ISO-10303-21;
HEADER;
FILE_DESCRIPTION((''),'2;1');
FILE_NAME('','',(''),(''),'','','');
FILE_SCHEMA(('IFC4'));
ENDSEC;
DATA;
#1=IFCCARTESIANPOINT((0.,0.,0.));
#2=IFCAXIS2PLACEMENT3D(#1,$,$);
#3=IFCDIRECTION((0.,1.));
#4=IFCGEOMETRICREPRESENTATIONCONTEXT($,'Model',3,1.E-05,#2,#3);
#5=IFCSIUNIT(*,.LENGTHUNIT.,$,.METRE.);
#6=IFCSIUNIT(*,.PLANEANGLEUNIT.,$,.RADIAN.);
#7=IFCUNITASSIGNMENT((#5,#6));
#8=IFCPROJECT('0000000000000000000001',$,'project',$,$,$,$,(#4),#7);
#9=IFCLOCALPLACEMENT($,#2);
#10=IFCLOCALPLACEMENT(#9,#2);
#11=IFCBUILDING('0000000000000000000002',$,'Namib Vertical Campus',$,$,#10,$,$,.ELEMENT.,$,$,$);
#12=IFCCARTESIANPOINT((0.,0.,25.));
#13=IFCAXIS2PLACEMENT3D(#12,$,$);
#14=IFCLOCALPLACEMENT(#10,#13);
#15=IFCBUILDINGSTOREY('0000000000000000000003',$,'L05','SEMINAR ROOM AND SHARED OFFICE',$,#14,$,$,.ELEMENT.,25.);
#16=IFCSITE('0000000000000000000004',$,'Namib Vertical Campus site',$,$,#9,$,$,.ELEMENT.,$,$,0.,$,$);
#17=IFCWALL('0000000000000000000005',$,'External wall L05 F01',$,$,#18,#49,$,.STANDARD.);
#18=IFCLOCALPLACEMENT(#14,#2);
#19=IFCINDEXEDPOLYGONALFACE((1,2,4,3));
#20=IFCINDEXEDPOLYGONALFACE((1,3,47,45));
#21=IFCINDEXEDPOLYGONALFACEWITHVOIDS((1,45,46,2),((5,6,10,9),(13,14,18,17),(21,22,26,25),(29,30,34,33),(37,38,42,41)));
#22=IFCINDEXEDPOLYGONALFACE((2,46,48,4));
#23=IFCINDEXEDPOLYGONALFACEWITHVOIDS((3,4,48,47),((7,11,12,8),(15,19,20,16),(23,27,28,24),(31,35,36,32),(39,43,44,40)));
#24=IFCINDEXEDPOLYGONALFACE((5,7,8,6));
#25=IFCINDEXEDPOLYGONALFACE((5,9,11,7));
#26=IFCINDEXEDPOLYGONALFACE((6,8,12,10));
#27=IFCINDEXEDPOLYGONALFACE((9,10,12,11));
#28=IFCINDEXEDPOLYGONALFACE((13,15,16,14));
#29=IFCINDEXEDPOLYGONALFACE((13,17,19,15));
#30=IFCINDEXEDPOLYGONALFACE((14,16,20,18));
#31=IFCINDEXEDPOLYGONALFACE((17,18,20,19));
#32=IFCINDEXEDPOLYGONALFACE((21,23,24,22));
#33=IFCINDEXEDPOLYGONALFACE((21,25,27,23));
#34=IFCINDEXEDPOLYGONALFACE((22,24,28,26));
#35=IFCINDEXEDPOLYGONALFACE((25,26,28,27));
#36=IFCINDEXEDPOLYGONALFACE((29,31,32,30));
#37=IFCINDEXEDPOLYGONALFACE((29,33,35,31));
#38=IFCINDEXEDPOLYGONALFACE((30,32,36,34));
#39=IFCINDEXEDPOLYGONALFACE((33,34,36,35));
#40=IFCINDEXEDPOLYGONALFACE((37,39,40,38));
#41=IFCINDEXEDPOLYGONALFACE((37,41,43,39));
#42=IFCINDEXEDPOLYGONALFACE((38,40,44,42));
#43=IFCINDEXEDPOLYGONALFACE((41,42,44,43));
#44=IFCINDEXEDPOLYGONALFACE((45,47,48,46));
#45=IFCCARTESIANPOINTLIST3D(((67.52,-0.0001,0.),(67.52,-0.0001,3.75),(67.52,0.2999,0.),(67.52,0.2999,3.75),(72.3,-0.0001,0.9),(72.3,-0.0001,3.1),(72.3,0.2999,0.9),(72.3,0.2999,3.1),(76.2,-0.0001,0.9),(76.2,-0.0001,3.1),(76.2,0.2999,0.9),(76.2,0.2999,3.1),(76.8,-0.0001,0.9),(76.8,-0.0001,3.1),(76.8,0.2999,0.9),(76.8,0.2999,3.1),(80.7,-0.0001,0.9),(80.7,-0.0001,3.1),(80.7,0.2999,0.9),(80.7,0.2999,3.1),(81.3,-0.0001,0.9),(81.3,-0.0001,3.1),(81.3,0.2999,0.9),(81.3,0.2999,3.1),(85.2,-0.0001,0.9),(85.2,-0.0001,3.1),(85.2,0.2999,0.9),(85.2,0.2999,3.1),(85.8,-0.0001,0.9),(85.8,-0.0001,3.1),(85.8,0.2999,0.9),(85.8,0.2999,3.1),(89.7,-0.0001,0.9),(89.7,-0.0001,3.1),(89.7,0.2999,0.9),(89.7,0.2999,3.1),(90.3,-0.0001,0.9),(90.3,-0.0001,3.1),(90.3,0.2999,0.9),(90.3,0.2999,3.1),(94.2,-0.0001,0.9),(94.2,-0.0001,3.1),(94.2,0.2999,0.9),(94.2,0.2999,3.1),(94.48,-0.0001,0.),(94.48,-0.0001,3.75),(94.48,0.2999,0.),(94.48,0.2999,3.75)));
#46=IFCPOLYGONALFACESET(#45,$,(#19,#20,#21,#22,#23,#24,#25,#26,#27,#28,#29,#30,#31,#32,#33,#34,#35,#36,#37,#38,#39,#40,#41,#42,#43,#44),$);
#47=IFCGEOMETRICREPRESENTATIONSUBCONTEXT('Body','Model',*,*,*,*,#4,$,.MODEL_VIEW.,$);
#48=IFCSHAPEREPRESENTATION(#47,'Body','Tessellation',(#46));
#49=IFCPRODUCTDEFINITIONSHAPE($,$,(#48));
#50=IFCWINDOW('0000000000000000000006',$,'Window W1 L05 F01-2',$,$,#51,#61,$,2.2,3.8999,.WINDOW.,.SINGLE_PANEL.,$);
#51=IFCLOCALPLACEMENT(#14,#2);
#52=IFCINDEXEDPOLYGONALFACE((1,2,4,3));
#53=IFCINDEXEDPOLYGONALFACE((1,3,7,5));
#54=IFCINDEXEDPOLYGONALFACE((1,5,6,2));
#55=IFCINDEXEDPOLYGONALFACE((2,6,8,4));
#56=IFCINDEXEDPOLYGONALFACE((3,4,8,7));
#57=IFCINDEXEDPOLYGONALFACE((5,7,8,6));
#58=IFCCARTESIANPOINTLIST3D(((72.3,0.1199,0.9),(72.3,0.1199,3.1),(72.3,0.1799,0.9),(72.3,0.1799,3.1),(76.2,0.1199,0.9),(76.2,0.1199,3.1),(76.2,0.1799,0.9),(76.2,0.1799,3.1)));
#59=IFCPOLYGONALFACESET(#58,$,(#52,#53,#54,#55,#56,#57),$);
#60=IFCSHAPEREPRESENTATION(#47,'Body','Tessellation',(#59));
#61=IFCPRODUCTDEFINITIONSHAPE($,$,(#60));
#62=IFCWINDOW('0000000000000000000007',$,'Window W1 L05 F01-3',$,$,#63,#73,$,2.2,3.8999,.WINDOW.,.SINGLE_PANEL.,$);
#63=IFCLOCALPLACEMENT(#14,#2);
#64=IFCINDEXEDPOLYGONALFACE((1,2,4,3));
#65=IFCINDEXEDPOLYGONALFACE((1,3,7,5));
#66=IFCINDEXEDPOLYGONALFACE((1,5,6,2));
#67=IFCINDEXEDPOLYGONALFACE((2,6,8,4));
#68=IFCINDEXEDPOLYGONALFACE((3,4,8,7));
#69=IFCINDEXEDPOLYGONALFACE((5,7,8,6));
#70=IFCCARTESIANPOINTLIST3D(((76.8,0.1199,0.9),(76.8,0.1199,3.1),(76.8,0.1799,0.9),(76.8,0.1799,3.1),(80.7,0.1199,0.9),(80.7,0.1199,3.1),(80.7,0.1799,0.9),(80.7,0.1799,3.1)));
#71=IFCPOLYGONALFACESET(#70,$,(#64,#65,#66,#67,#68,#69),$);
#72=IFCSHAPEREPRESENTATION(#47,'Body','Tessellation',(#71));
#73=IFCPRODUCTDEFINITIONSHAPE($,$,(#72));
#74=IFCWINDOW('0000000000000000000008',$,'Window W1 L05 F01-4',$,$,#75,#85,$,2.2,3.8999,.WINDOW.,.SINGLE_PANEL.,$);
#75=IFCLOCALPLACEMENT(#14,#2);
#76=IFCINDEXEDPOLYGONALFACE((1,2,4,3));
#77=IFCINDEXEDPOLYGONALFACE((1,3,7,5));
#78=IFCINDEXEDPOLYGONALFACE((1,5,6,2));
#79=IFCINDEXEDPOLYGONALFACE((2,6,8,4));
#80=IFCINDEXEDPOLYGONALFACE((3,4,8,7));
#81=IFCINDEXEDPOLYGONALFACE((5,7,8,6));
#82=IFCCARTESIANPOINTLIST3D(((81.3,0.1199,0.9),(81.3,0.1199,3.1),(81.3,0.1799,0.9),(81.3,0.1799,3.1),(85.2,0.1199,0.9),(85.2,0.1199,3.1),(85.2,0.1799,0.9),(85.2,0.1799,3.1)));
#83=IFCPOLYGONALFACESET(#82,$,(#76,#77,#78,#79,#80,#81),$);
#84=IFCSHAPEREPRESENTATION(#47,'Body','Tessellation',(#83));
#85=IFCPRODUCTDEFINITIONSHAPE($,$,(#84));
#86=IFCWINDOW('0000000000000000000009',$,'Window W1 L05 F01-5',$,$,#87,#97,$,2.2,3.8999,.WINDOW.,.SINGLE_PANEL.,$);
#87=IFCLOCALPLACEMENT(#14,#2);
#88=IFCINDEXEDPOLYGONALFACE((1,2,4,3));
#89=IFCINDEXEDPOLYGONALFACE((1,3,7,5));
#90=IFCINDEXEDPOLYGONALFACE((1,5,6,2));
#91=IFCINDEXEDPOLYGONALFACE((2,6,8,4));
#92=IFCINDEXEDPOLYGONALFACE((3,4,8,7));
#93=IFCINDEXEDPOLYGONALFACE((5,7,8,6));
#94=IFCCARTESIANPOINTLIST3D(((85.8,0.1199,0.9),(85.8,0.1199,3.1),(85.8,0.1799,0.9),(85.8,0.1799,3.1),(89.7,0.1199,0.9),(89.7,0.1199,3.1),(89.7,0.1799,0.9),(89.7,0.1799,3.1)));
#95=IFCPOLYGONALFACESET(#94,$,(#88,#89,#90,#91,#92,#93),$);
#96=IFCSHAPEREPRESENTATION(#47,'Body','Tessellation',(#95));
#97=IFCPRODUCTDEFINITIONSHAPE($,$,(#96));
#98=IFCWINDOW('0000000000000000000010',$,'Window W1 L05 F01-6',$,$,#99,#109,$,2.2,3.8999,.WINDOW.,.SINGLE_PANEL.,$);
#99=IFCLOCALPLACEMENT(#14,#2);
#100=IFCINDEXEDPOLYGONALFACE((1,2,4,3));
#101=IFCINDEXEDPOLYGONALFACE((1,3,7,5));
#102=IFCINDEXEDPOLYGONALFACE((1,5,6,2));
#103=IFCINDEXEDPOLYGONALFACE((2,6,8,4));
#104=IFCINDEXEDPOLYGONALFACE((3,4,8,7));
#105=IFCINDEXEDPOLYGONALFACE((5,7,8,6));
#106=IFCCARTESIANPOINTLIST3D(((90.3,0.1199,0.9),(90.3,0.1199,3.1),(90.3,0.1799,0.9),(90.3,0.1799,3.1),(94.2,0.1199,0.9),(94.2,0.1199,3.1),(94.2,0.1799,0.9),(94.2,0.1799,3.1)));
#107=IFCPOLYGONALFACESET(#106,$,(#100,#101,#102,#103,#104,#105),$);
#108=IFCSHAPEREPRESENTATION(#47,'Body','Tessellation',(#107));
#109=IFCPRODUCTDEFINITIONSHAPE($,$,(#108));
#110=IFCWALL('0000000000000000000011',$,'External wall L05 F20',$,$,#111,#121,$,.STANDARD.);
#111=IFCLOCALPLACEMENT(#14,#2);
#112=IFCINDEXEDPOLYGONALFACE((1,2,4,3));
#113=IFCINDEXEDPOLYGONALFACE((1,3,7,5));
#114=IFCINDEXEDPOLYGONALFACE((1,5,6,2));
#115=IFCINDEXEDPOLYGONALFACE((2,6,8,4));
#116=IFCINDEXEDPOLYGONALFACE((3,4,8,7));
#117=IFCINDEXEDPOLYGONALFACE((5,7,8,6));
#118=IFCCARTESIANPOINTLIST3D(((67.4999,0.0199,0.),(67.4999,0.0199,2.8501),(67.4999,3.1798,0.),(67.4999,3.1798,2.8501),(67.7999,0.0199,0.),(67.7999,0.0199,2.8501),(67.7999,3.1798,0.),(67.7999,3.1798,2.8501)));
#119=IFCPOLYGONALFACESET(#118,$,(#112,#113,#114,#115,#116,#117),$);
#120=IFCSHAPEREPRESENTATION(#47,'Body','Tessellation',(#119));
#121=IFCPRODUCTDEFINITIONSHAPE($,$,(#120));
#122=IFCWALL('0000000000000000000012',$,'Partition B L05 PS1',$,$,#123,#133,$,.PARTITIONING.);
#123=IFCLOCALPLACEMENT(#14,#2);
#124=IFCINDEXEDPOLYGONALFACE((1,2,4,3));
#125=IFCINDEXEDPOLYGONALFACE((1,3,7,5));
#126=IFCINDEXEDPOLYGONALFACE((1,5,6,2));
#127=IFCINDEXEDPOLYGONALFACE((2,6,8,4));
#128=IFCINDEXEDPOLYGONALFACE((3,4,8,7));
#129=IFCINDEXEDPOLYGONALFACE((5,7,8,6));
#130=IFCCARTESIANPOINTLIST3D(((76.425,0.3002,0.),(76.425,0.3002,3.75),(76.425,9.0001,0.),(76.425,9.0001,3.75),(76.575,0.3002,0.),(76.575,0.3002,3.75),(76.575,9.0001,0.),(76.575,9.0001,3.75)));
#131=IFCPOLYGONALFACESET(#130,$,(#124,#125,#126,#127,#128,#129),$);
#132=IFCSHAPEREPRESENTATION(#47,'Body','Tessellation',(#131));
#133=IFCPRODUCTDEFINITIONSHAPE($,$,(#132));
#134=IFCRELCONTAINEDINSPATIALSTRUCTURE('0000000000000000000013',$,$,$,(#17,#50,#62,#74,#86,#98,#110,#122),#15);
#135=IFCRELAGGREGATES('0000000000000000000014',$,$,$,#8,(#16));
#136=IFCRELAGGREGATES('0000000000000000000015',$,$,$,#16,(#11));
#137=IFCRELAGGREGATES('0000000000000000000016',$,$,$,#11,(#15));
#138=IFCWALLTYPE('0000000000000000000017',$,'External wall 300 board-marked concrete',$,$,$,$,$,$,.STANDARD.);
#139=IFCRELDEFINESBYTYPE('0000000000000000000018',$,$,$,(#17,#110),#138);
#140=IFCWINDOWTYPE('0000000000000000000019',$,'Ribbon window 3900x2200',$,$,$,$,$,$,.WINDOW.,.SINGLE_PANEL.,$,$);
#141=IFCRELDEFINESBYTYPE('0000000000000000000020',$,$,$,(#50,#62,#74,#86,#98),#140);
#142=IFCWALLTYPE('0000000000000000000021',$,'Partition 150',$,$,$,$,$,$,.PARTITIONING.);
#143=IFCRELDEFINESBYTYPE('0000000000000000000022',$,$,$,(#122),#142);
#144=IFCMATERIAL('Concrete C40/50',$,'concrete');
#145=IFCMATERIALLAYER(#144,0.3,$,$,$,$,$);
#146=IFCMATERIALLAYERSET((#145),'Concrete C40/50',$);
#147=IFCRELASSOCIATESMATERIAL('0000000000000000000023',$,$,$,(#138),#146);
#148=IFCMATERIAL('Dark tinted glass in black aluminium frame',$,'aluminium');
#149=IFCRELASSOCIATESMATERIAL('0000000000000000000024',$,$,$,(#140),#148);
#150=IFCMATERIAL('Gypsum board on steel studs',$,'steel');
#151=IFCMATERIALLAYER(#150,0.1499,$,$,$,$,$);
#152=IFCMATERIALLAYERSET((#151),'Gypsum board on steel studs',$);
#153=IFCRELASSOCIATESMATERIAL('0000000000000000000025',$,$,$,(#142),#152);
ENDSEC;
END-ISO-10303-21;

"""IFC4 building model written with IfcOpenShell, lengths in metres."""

from ifc_helpers import new_model, si_unit, direction, frame, frame_2d, origin, place, context, subcontext, project, spatial, rectangle, extrude, material, layer, layer_set, type_object, element, fill, save


model = new_model("IFC4")

# Units and contexts
model_context = context("Model", 3, precision=1e-05, world=origin(), true_north=direction((0.0, 1.0)))
body_context = subcontext(model_context, "Body", "Model", "MODEL_VIEW")
ifc_project = project(units=[si_unit("LENGTHUNIT", "METRE"), si_unit("PLANEANGLEUNIT", "RADIAN")], contexts=[model_context])

# Site, building, storey
site_placement = place(None, origin())
site = spatial("IfcSite", under=ifc_project, at=site_placement, Name="Namib Vertical Campus site", CompositionType="ELEMENT", RefElevation=0.0)
building_placement = place(site_placement, origin())
building = spatial("IfcBuilding", under=site, at=building_placement, Name="Namib Vertical Campus", CompositionType="ELEMENT")
storey_placement = place(building_placement, frame((0.0, 0.0, 25.0)))
storey = spatial("IfcBuildingStorey", under=building, at=storey_placement, Name="L05", Description="SEMINAR ROOM AND SHARED OFFICE", CompositionType="ELEMENT", Elevation=25.0)

# Wall, openings, windows
ifc_material_1 = material(Name="Concrete C40/50", Category="concrete")
ifc_layer_1 = layer(ifc_material_1, 0.3)
ifc_layer_set_1 = layer_set([ifc_layer_1], Name="Concrete C40/50")
wall_type_1 = type_object("IfcWallType", Name="External wall 300 board-marked concrete", PredefinedType="STANDARD", material=ifc_layer_set_1)
wall_1_placement = place(storey_placement, frame((67.52, 0.1499, 0.0), z_axis=(0.0, 0.0, 1.0), x_axis=(1.0, 0.0, 0.0)))
wall_1 = element("IfcWall", 1, at=wall_1_placement, inside=storey, type_object=wall_type_1, Name="External wall L05 F01", PredefinedType="STANDARD", context=body_context, shape_type="SweptSolid", body=[
    extrude(rectangle(XDim=26.96, YDim=0.3, at=frame_2d((13.48, 0.0))), origin(), (0.0, 0.0, 1.0), 3.75),
])
opening_1_placement = place(wall_1_placement, frame((4.78, 0.0, 0.8999)))
opening_1 = element("IfcOpeningElement", 2, at=opening_1_placement, cuts=wall_1, PredefinedType="OPENING", context=body_context, shape_type="SweptSolid", body=[
    extrude(rectangle(XDim=3.8999, YDim=2.2, at=frame_2d((1.95, 1.1001))), frame((0.0, 0.1599, 0.0), z_axis=(0.0, -1.0, 0.0), x_axis=(1.0, 0.0, 0.0)), (0.0, 0.0, 1.0), 0.3201),
])
opening_2_placement = place(wall_1_placement, frame((9.28, 0.0, 0.8999)))
opening_2 = element("IfcOpeningElement", 3, at=opening_2_placement, cuts=wall_1, PredefinedType="OPENING", context=body_context, shape_type="SweptSolid", body=[
    extrude(rectangle(XDim=3.8999, YDim=2.2, at=frame_2d((1.95, 1.1001))), frame((0.0, 0.1599, 0.0), z_axis=(0.0, -1.0, 0.0), x_axis=(1.0, 0.0, 0.0)), (0.0, 0.0, 1.0), 0.3201),
])
opening_3_placement = place(wall_1_placement, frame((13.78, 0.0, 0.8999)))
opening_3 = element("IfcOpeningElement", 4, at=opening_3_placement, cuts=wall_1, PredefinedType="OPENING", context=body_context, shape_type="SweptSolid", body=[
    extrude(rectangle(XDim=3.8999, YDim=2.2, at=frame_2d((1.95, 1.1001))), frame((0.0, 0.1599, 0.0), z_axis=(0.0, -1.0, 0.0), x_axis=(1.0, 0.0, 0.0)), (0.0, 0.0, 1.0), 0.3201),
])
opening_4_placement = place(wall_1_placement, frame((18.28, 0.0, 0.8999)))
opening_4 = element("IfcOpeningElement", 5, at=opening_4_placement, cuts=wall_1, PredefinedType="OPENING", context=body_context, shape_type="SweptSolid", body=[
    extrude(rectangle(XDim=3.8999, YDim=2.2, at=frame_2d((1.95, 1.1001))), frame((0.0, 0.1599, 0.0), z_axis=(0.0, -1.0, 0.0), x_axis=(1.0, 0.0, 0.0)), (0.0, 0.0, 1.0), 0.3201),
])
opening_5_placement = place(wall_1_placement, frame((22.78, 0.0, 0.8999)))
opening_5 = element("IfcOpeningElement", 6, at=opening_5_placement, cuts=wall_1, PredefinedType="OPENING", context=body_context, shape_type="SweptSolid", body=[
    extrude(rectangle(XDim=3.8999, YDim=2.2, at=frame_2d((1.95, 1.1001))), frame((0.0, 0.1599, 0.0), z_axis=(0.0, -1.0, 0.0), x_axis=(1.0, 0.0, 0.0)), (0.0, 0.0, 1.0), 0.3201),
])
ifc_material_2 = material(Name="Dark tinted glass in black aluminium frame", Category="aluminium")
window_type = type_object("IfcWindowType", Name="Ribbon window 3900x2200", PartitioningType="SINGLE_PANEL", PredefinedType="WINDOW", material=ifc_material_2)
window_1_placement = place(opening_1_placement, origin())
window_1 = element("IfcWindow", 7, at=window_1_placement, inside=storey, type_object=window_type, Name="Window W1 L05 F01-2", OverallHeight=2.2, OverallWidth=3.8999, PartitioningType="SINGLE_PANEL", PredefinedType="WINDOW", context=body_context, shape_type="SweptSolid", body=[
    extrude(rectangle(XDim=3.8999, YDim=2.2, at=frame_2d((1.95, 1.1001))), frame((0.0, 0.03, 0.0), z_axis=(0.0, -1.0, 0.0), x_axis=(1.0, 0.0, 0.0)), (0.0, 0.0, 1.0), 0.0601),
])
fill(opening_1, window_1)
window_2_placement = place(opening_2_placement, origin())
window_2 = element("IfcWindow", 8, at=window_2_placement, inside=storey, type_object=window_type, Name="Window W1 L05 F01-3", OverallHeight=2.2, OverallWidth=3.8999, PartitioningType="SINGLE_PANEL", PredefinedType="WINDOW", context=body_context, shape_type="SweptSolid", body=[
    extrude(rectangle(XDim=3.8999, YDim=2.2, at=frame_2d((1.95, 1.1001))), frame((0.0, 0.03, 0.0), z_axis=(0.0, -1.0, 0.0), x_axis=(1.0, 0.0, 0.0)), (0.0, 0.0, 1.0), 0.0601),
])
fill(opening_2, window_2)
window_3_placement = place(opening_3_placement, origin())
window_3 = element("IfcWindow", 9, at=window_3_placement, inside=storey, type_object=window_type, Name="Window W1 L05 F01-4", OverallHeight=2.2, OverallWidth=3.8999, PartitioningType="SINGLE_PANEL", PredefinedType="WINDOW", context=body_context, shape_type="SweptSolid", body=[
    extrude(rectangle(XDim=3.8999, YDim=2.2, at=frame_2d((1.95, 1.1001))), frame((0.0, 0.03, 0.0), z_axis=(0.0, -1.0, 0.0), x_axis=(1.0, 0.0, 0.0)), (0.0, 0.0, 1.0), 0.0601),
])
fill(opening_3, window_3)
window_4_placement = place(opening_4_placement, origin())
window_4 = element("IfcWindow", 10, at=window_4_placement, inside=storey, type_object=window_type, Name="Window W1 L05 F01-5", OverallHeight=2.2, OverallWidth=3.8999, PartitioningType="SINGLE_PANEL", PredefinedType="WINDOW", context=body_context, shape_type="SweptSolid", body=[
    extrude(rectangle(XDim=3.8999, YDim=2.2, at=frame_2d((1.95, 1.1001))), frame((0.0, 0.03, 0.0), z_axis=(0.0, -1.0, 0.0), x_axis=(1.0, 0.0, 0.0)), (0.0, 0.0, 1.0), 0.0601),
])
fill(opening_4, window_4)
window_5_placement = place(opening_5_placement, origin())
window_5 = element("IfcWindow", 11, at=window_5_placement, inside=storey, type_object=window_type, Name="Window W1 L05 F01-6", OverallHeight=2.2, OverallWidth=3.8999, PartitioningType="SINGLE_PANEL", PredefinedType="WINDOW", context=body_context, shape_type="SweptSolid", body=[
    extrude(rectangle(XDim=3.8999, YDim=2.2, at=frame_2d((1.95, 1.1001))), frame((0.0, 0.03, 0.0), z_axis=(0.0, -1.0, 0.0), x_axis=(1.0, 0.0, 0.0)), (0.0, 0.0, 1.0), 0.0601),
])
fill(opening_5, window_5)

# Walls
wall_2_placement = place(storey_placement, frame((67.6499, 3.1799, 0.0), z_axis=(0.0, 0.0, 1.0), x_axis=(0.0, -1.0, 0.0)))
element("IfcWall", 12, at=wall_2_placement, inside=storey, type_object=wall_type_1, Name="External wall L05 F20", PredefinedType="STANDARD", context=body_context, shape_type="SweptSolid", body=[
    extrude(rectangle(XDim=3.1599, YDim=0.3, at=frame_2d((1.5801, 0.0))), origin(), (0.0, 0.0, 1.0), 2.8501),
])
ifc_material_3 = material(Name="Gypsum board on steel studs", Category="steel")
ifc_layer_2 = layer(ifc_material_3, 0.1499)
ifc_layer_set_2 = layer_set([ifc_layer_2], Name="Gypsum board on steel studs")
wall_type_2 = type_object("IfcWallType", Name="Partition 150", PredefinedType="PARTITIONING", material=ifc_layer_set_2)
wall_3_placement = place(storey_placement, frame((76.5, 0.3, 0.0), z_axis=(0.0, 0.0, 1.0), x_axis=(0.0, 1.0, 0.0)))
element("IfcWall", 13, at=wall_3_placement, inside=storey, type_object=wall_type_2, Name="Partition B L05 PS1", PredefinedType="PARTITIONING", context=body_context, shape_type="SweptSolid", body=[
    extrude(rectangle(XDim=8.7, YDim=0.1499, at=frame_2d((4.3501, 0.0))), origin(), (0.0, 0.0, 1.0), 3.75),
])

save(model, "model.ifc")
